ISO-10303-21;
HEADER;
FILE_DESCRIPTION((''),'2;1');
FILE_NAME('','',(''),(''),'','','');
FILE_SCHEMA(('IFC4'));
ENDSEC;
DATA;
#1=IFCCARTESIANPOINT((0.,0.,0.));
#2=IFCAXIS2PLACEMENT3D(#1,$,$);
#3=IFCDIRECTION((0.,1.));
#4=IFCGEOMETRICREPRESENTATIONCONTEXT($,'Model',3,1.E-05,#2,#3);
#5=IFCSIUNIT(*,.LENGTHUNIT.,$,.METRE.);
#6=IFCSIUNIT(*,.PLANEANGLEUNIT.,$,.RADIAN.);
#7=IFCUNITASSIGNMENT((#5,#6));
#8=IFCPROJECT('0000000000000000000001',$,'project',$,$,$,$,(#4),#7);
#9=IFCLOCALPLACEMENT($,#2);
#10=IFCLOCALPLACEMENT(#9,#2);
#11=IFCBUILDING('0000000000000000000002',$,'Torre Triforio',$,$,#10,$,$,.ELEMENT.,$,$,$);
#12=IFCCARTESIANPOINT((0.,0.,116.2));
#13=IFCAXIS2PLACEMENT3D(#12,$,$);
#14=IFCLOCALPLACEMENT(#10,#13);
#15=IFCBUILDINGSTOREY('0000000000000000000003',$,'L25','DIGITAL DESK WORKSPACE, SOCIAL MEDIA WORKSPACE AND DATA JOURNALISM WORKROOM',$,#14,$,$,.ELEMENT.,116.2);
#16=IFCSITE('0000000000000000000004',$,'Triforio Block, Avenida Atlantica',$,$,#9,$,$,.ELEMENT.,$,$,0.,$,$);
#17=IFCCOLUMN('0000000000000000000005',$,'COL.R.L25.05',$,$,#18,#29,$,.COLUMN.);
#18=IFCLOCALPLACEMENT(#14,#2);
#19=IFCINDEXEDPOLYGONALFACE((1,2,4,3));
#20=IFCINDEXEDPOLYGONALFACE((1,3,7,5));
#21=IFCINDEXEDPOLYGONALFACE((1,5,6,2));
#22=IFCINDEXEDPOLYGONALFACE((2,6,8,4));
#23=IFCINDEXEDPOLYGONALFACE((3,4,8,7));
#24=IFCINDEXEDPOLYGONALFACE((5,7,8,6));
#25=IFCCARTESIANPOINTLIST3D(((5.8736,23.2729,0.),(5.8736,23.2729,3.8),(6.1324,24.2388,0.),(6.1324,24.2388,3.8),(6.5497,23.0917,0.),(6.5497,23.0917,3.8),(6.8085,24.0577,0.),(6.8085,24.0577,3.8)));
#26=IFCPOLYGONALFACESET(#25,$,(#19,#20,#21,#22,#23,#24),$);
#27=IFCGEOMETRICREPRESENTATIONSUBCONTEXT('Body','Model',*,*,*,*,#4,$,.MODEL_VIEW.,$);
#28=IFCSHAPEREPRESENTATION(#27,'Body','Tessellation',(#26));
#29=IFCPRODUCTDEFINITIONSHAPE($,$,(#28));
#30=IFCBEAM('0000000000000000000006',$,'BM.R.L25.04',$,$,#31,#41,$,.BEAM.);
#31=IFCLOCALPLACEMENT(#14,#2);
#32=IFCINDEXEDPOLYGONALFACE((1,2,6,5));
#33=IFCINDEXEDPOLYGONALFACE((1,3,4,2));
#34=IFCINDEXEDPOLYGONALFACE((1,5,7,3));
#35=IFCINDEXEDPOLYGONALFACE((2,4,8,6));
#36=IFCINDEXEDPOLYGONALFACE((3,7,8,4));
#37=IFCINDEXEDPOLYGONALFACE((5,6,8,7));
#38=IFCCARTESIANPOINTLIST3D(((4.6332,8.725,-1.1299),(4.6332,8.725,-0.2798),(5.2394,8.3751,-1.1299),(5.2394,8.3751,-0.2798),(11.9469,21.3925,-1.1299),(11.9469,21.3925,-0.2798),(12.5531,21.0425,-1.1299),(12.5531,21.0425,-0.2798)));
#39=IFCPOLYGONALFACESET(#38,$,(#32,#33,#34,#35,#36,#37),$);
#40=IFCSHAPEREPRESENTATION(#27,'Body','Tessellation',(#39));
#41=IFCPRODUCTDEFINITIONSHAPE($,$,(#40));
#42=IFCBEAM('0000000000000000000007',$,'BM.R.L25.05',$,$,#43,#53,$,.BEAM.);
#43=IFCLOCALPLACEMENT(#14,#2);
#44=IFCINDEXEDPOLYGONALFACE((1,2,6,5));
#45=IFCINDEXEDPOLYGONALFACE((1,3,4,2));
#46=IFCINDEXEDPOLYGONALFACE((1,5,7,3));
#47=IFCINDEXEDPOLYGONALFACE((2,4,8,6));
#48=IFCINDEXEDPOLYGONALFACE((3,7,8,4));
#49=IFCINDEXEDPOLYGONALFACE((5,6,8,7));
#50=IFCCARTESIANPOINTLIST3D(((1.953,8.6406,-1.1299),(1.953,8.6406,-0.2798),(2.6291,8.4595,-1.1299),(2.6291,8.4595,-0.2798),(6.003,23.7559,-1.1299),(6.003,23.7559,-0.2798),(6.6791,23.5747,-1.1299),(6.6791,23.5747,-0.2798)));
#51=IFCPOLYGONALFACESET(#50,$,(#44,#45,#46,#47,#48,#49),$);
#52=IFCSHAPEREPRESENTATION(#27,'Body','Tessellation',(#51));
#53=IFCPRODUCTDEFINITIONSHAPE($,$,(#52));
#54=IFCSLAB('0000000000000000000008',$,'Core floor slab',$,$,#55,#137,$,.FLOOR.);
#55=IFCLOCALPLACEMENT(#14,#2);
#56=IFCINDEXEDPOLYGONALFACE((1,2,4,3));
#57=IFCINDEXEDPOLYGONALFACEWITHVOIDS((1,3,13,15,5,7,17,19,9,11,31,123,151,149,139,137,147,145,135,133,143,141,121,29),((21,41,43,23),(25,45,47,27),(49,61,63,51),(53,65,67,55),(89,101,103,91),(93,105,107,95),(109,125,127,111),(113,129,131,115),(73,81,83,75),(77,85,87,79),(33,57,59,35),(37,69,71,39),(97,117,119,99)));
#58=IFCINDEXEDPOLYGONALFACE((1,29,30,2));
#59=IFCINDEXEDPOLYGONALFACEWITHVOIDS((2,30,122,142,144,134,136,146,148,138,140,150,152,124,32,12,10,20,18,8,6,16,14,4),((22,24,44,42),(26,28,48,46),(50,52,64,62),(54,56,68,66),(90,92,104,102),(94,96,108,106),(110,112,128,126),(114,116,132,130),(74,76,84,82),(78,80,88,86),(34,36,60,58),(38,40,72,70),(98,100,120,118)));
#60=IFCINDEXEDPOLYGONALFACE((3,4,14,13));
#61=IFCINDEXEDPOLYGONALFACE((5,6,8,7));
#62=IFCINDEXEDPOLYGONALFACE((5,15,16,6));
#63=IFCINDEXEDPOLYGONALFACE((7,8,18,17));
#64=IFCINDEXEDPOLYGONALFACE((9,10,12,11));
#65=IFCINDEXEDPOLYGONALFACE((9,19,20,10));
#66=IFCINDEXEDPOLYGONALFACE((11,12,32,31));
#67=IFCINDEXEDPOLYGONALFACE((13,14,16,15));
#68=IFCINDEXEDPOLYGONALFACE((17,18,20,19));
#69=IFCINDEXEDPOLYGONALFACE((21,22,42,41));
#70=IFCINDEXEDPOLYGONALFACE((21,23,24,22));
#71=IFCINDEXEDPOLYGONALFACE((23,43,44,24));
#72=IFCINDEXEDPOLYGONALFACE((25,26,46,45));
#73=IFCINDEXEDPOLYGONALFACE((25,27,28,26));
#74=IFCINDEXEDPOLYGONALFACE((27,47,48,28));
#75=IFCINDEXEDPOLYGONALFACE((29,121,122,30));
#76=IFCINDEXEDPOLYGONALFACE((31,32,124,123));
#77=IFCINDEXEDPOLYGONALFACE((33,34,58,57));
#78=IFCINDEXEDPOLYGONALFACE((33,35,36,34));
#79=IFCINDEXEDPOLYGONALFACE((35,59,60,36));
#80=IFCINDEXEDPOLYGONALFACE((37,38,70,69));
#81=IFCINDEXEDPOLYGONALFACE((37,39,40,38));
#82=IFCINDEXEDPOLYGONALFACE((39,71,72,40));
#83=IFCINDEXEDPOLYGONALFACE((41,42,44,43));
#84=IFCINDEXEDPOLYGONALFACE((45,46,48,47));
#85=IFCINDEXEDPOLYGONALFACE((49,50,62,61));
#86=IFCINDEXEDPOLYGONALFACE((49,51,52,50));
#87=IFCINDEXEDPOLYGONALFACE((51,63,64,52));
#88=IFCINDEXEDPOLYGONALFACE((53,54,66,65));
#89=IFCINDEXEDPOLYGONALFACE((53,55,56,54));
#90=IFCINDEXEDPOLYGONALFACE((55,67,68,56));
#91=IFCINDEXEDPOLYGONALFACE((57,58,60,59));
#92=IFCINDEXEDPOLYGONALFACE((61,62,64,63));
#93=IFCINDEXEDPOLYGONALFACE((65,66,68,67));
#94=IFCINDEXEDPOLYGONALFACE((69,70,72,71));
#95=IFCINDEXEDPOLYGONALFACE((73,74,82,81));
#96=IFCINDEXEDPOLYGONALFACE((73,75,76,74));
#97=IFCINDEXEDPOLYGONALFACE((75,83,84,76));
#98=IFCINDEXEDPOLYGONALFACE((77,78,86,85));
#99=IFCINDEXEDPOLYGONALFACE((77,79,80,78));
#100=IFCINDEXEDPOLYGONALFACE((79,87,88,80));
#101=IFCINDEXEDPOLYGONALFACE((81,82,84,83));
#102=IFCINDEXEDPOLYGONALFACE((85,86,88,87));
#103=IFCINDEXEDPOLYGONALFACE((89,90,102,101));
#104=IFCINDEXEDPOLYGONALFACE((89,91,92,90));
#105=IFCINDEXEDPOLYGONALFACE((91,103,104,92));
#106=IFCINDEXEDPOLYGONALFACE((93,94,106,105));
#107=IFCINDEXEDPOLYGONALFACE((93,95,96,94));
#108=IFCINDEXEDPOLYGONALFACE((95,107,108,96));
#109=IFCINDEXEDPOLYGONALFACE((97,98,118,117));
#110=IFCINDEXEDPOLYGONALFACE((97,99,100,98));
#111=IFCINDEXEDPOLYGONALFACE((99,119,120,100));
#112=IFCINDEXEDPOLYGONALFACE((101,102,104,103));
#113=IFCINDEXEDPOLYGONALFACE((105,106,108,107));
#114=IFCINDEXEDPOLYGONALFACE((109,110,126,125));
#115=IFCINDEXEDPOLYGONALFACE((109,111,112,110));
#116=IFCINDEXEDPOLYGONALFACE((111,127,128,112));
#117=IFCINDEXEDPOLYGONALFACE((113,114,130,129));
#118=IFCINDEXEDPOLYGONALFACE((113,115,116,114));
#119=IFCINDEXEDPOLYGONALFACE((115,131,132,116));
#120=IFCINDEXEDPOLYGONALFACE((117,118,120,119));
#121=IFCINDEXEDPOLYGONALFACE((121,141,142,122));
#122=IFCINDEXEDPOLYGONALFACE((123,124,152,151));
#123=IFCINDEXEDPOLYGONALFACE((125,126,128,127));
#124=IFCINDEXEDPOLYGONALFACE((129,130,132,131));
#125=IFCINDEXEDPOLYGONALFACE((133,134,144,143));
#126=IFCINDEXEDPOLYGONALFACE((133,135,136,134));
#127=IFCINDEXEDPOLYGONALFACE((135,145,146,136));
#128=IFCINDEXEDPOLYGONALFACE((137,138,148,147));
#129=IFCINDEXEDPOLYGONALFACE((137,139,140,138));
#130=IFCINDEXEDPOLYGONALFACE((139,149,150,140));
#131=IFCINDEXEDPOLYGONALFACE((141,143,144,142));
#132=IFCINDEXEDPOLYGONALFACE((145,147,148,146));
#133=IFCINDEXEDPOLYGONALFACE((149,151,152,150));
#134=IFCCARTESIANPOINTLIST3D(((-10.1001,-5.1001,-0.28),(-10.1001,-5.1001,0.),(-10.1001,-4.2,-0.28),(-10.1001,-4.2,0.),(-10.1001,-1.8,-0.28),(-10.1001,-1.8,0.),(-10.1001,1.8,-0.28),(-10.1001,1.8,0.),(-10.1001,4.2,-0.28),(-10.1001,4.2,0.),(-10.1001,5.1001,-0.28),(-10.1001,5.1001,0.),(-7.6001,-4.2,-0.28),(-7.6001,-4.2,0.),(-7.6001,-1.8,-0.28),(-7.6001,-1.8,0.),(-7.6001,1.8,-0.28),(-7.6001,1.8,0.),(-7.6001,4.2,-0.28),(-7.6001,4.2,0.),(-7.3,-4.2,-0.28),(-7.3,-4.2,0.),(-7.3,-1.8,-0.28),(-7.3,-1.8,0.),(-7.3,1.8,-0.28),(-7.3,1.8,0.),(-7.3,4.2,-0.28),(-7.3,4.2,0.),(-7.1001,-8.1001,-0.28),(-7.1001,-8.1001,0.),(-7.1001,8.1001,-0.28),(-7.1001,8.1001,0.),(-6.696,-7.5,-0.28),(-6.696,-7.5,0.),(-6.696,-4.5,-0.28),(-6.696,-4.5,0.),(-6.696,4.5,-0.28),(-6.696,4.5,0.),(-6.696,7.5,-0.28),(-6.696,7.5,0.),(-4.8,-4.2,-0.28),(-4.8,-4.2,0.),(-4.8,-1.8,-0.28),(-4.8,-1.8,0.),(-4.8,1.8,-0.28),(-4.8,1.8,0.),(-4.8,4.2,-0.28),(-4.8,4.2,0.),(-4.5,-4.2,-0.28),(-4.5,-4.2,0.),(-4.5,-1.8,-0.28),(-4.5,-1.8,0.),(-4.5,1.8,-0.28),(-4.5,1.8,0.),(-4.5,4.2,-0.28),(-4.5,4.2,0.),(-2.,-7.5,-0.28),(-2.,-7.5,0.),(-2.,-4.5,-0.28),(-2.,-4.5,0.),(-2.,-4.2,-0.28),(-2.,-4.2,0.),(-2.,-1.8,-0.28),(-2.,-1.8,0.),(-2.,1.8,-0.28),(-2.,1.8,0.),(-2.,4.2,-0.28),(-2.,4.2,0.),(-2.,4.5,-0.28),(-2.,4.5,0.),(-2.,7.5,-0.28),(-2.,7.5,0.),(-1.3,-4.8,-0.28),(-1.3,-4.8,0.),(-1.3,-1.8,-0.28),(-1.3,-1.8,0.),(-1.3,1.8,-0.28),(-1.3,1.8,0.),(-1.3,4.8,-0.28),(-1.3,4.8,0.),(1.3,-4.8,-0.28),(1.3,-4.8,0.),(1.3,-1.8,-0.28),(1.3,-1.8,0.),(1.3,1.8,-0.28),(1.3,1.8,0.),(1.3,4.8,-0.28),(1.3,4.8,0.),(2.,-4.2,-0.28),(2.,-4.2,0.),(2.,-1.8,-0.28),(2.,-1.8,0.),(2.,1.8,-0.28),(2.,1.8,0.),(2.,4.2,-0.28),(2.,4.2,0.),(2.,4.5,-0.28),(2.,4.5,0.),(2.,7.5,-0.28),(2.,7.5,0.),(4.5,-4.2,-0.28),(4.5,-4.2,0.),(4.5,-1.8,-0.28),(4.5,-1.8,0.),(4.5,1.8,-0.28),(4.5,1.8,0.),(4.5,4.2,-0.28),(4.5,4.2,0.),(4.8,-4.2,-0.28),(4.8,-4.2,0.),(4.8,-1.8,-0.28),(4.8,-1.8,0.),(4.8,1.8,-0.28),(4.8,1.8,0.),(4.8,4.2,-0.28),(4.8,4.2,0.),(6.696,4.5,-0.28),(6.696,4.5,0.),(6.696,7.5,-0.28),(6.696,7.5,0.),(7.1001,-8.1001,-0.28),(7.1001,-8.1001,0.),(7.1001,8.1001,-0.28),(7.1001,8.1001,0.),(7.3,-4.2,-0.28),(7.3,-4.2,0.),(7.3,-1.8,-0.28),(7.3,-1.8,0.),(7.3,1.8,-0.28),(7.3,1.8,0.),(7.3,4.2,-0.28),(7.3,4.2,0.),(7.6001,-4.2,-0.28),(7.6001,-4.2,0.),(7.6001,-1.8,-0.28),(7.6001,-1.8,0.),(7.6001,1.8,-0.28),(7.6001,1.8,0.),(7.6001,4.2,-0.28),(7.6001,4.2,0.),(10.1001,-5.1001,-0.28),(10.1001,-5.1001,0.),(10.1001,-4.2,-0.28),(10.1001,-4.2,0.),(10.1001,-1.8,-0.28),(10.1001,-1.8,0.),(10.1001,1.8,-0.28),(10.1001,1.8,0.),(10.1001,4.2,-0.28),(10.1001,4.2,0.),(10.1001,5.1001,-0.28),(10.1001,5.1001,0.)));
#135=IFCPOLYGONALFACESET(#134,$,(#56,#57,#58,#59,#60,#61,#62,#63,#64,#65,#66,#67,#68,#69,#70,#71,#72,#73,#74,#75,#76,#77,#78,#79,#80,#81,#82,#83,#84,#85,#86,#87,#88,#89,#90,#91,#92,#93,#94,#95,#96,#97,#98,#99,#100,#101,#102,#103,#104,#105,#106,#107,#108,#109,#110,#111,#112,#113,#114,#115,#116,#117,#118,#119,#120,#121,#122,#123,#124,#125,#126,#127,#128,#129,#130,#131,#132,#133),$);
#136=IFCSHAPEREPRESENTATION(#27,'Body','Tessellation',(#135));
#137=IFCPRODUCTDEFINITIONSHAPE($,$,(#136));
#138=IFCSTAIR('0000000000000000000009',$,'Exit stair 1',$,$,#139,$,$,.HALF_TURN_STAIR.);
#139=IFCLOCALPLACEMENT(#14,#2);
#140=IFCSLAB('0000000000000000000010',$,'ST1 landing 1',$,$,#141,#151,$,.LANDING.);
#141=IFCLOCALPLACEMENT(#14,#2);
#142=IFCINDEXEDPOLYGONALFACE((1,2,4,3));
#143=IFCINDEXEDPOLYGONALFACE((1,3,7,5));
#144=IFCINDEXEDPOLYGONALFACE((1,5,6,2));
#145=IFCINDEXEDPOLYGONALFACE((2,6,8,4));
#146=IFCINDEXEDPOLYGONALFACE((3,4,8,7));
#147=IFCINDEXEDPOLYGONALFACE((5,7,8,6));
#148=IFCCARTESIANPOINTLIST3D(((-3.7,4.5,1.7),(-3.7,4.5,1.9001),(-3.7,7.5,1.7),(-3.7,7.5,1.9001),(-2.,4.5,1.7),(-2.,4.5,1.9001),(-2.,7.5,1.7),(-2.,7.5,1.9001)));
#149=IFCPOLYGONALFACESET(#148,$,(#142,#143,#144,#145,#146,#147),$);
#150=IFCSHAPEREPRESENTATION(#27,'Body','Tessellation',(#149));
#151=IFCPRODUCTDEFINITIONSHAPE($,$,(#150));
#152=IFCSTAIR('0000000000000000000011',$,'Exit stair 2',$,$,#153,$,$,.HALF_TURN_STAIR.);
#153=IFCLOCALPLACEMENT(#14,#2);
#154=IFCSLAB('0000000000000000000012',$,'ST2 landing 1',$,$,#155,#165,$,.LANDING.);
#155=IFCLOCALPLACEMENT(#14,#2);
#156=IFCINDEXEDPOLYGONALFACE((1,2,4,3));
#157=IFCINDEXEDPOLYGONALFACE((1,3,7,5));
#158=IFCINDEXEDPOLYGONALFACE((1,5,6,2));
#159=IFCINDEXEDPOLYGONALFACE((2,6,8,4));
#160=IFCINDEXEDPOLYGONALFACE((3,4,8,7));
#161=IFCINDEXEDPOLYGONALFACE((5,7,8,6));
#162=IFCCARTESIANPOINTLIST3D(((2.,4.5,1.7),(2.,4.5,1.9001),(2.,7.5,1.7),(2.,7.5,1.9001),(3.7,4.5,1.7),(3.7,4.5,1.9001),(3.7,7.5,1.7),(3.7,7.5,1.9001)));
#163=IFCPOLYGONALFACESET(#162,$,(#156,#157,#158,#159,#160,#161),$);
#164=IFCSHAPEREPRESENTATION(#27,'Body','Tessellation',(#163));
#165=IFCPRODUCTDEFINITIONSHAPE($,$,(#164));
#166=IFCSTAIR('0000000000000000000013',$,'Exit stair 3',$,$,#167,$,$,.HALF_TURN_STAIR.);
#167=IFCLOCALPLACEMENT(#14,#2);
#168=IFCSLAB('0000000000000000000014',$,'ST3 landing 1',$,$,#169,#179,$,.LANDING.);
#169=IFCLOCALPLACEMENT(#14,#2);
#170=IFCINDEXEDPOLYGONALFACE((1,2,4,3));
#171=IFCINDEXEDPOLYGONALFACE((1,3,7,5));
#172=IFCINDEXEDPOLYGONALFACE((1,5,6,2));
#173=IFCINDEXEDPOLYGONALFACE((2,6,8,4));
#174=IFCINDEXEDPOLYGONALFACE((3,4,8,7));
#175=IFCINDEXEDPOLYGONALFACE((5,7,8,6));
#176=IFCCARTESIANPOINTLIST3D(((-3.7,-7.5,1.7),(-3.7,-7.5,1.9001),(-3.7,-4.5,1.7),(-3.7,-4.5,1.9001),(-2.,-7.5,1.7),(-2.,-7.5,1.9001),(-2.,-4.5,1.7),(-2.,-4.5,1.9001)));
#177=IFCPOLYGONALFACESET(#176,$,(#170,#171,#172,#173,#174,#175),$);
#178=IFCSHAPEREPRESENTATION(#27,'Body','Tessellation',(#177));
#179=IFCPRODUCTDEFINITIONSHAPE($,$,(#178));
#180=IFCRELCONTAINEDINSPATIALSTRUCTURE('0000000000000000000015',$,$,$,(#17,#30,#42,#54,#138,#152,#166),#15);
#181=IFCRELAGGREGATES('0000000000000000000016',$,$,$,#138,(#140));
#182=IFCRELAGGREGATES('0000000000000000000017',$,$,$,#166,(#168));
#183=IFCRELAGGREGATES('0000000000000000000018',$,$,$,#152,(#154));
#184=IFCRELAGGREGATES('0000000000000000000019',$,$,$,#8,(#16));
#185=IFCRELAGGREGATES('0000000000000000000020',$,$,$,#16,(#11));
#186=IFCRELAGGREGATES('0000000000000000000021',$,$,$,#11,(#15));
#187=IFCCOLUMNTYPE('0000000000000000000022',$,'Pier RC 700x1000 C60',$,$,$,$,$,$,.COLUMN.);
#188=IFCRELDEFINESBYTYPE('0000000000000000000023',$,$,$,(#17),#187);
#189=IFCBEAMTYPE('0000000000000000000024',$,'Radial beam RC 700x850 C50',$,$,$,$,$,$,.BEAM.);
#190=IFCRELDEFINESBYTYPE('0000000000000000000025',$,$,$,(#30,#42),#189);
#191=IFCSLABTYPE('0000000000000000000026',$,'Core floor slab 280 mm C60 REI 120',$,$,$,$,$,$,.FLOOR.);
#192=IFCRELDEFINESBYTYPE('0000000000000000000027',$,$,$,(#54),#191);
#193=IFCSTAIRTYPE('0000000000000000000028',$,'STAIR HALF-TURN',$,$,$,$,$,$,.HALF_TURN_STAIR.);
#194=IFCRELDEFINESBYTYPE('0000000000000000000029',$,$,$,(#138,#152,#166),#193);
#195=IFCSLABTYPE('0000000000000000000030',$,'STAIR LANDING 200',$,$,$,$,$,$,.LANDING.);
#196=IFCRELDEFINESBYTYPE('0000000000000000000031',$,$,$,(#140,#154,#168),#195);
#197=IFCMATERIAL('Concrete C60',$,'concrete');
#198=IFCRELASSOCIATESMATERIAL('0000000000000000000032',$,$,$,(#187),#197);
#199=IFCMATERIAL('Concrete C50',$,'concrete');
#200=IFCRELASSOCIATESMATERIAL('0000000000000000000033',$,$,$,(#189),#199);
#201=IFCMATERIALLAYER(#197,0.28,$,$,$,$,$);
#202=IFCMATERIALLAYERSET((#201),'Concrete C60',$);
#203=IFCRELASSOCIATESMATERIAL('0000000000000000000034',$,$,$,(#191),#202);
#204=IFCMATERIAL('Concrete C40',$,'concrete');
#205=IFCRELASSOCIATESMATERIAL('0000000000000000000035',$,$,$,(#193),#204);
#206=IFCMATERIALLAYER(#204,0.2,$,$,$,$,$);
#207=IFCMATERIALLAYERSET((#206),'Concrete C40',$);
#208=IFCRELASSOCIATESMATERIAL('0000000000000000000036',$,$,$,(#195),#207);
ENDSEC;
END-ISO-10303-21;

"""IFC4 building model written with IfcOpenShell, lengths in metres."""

from ifc_helpers import new_model, si_unit, direction, frame, origin, origin_2d, place, context, subcontext, project, spatial, polyline, rectangle, outline, extrude, material, layer, layer_set, material_profile, profile_set, type_object, element, aggregate, save


model = new_model("IFC4")

# Units and contexts
model_context = context("Model", 3, precision=1e-05, world=origin(), true_north=direction((0.0, 1.0)))
body_context = subcontext(model_context, "Body", "Model", "MODEL_VIEW")
ifc_project = project(units=[si_unit("LENGTHUNIT", "METRE"), si_unit("PLANEANGLEUNIT", "RADIAN")], contexts=[model_context])

# Site, building, storey
site_placement = place(None, origin())
site = spatial("IfcSite", under=ifc_project, at=site_placement, Name="Triforio Block, Avenida Atlantica", CompositionType="ELEMENT", RefElevation=0.0)
building_placement = place(site_placement, origin())
building = spatial("IfcBuilding", under=site, at=building_placement, Name="Torre Triforio", CompositionType="ELEMENT")
storey_placement = place(building_placement, frame((0.0, 0.0, 116.2)))
storey = spatial("IfcBuildingStorey", under=building, at=storey_placement, Name="L25", Description="DIGITAL DESK WORKSPACE, SOCIAL MEDIA WORKSPACE AND DATA JOURNALISM WORKROOM", CompositionType="ELEMENT", Elevation=116.2)

# Column
ifc_material_1 = material(Name="Concrete C60", Category="concrete")
ifc_material_profile_1 = material_profile(ifc_material_1, rectangle(XDim=0.7, YDim=1.0, at=origin_2d()), Name="RC 700x1000")
ifc_profile_set_1 = profile_set([ifc_material_profile_1], Name="Concrete C60")
column_type = type_object("IfcColumnType", Name="Pier RC 700x1000 C60", PredefinedType="COLUMN", material=ifc_profile_set_1)
column_placement = place(storey_placement, frame((6.3411, 23.6653, 0.0), z_axis=(0.0, 0.0, 1.0), x_axis=(-0.965926, 0.258819, 0.0)))
element("IfcColumn", 1, at=column_placement, inside=storey, type_object=column_type, Name="COL.R.L25.05", PredefinedType="COLUMN", context=body_context, shape_type="SweptSolid", body=[
    extrude(rectangle(XDim=0.7, YDim=1.0, at=origin_2d()), origin(), (0.0, 0.0, 1.0), 3.8),
])

# Beams
ifc_material_2 = material(Name="Concrete C50", Category="concrete")
ifc_material_profile_2 = material_profile(ifc_material_2, rectangle(XDim=0.7, YDim=0.8501, at=origin_2d()), Name="RC 700x850")
ifc_profile_set_2 = profile_set([ifc_material_profile_2], Name="Concrete C50")
beam_type = type_object("IfcBeamType", Name="Radial beam RC 700x850 C50", PredefinedType="BEAM", material=ifc_profile_set_2)
beam_1_placement = place(storey_placement, frame((4.9363, 8.55, -0.7048), z_axis=(0.500008, 0.866021, 0.0), x_axis=(-0.866021, 0.500008, 0.0)))
element("IfcBeam", 2, at=beam_1_placement, inside=storey, type_object=beam_type, Name="BM.R.L25.04", PredefinedType="BEAM", context=body_context, shape_type="SweptSolid", body=[
    extrude(rectangle(XDim=0.7, YDim=0.8501, at=origin_2d()), origin(), (0.0, 0.0, 1.0), 14.6272),
])
beam_2_placement = place(storey_placement, frame((2.291, 8.55, -0.7048), z_axis=(0.258815, 0.965927, 0.0), x_axis=(-0.965927, 0.258815, 0.0)))
element("IfcBeam", 3, at=beam_2_placement, inside=storey, type_object=beam_type, Name="BM.R.L25.05", PredefinedType="BEAM", context=body_context, shape_type="SweptSolid", body=[
    extrude(rectangle(XDim=0.7, YDim=0.8501, at=origin_2d()), origin(), (0.0, 0.0, 1.0), 15.6484),
])

# Slab
ifc_layer_1 = layer(ifc_material_1, 0.28)
ifc_layer_set_1 = layer_set([ifc_layer_1], Name="Concrete C60")
slab_type_1 = type_object("IfcSlabType", Name="Core floor slab 280 mm C60 REI 120", PredefinedType="FLOOR", material=ifc_layer_set_1)
slab_1_placement = place(storey_placement, frame((0.0, 0.0, -0.28)))
element("IfcSlab", 4, at=slab_1_placement, inside=storey, type_object=slab_type_1, Name="Core floor slab", PredefinedType="FLOOR", context=body_context, shape_type="SweptSolid", body=[
    extrude(outline(polyline([(10.1001, -5.1001), (7.1001, -8.1001), (-7.1001, -8.1001), (-10.1001, -5.1001), (-10.1001, -4.2), (-7.6001, -4.2), (-7.6001, -1.8), (-10.1001, -1.8), (-10.1001, 1.8), (-7.6001, 1.8), (-7.6001, 4.2), (-10.1001, 4.2), (-10.1001, 5.1001), (-7.1001, 8.1001), (7.1001, 8.1001), (10.1001, 5.1001), (10.1001, 4.2), (7.6001, 4.2), (7.6001, 1.8), (10.1001, 1.8), (10.1001, -1.8), (7.6001, -1.8), (7.6001, -4.2), (10.1001, -4.2), (10.1001, -5.1001)]), holes=[polyline([(-2.0, -4.5), (-6.696, -4.5), (-6.696, -7.5), (-2.0, -7.5), (-2.0, -4.5)]), polyline([(-4.8, -1.8), (-7.3, -1.8), (-7.3, -4.2), (-4.8, -4.2), (-4.8, -1.8)]), polyline([(-2.0, -1.8), (-4.5, -1.8), (-4.5, -4.2), (-2.0, -4.2), (-2.0, -1.8)]), polyline([(-4.8, 4.2), (-7.3, 4.2), (-7.3, 1.8), (-4.8, 1.8), (-4.8, 4.2)]), polyline([(-2.0, 4.2), (-4.5, 4.2), (-4.5, 1.8), (-2.0, 1.8), (-2.0, 4.2)]), polyline([(1.3, 4.8), (-1.3, 4.8), (-1.3, 1.8), (1.3, 1.8), (1.3, 4.8)]), polyline([(-2.0, 7.5), (-6.696, 7.5), (-6.696, 4.5), (-2.0, 4.5), (-2.0, 7.5)]), polyline([(1.3, -1.8), (-1.3, -1.8), (-1.3, -4.8), (1.3, -4.8), (1.3, -1.8)]), polyline([(4.5, -1.8), (2.0, -1.8), (2.0, -4.2), (4.5, -4.2), (4.5, -1.8)]), polyline([(7.3, -1.8), (4.8, -1.8), (4.8, -4.2), (7.3, -4.2), (7.3, -1.8)]), polyline([(4.5, 4.2), (2.0, 4.2), (2.0, 1.8), (4.5, 1.8), (4.5, 4.2)]), polyline([(7.3, 4.2), (4.8, 4.2), (4.8, 1.8), (7.3, 1.8), (7.3, 4.2)]), polyline([(6.696, 4.5), (6.696, 7.5), (2.0, 7.5), (2.0, 4.5), (6.696, 4.5)])]), origin(), (0.0, 0.0, 1.0), 0.28),
])

# Stairs, slabs
ifc_material_3 = material(Name="Concrete C40", Category="concrete")
stair_type = type_object("IfcStairType", Name="STAIR HALF-TURN", PredefinedType="HALF_TURN_STAIR", material=ifc_material_3)
stair_1_placement = place(storey_placement, origin())
stair_1 = element("IfcStair", 5, at=stair_1_placement, inside=storey, type_object=stair_type, Name="Exit stair 1", PredefinedType="HALF_TURN_STAIR")
ifc_layer_2 = layer(ifc_material_3, 0.2)
ifc_layer_set_2 = layer_set([ifc_layer_2], Name="Concrete C40")
slab_type_2 = type_object("IfcSlabType", Name="STAIR LANDING 200", PredefinedType="LANDING", material=ifc_layer_set_2)
slab_2_placement = place(storey_placement, frame((0.0, 0.0, 1.7)))
slab_2 = element("IfcSlab", 6, at=slab_2_placement, type_object=slab_type_2, Name="ST1 landing 1", PredefinedType="LANDING", context=body_context, shape_type="SweptSolid", body=[
    extrude(outline(polyline([(-2.0, 4.5), (-2.0, 7.5), (-3.7, 7.5), (-3.7, 4.5), (-2.0, 4.5)])), origin(), (0.0, 0.0, 1.0), 0.2002),
])
aggregate(stair_1, [slab_2])
stair_2_placement = place(storey_placement, origin())
stair_2 = element("IfcStair", 7, at=stair_2_placement, inside=storey, type_object=stair_type, Name="Exit stair 2", PredefinedType="HALF_TURN_STAIR")
slab_3_placement = place(storey_placement, frame((0.0, 0.0, 1.7)))
slab_3 = element("IfcSlab", 8, at=slab_3_placement, type_object=slab_type_2, Name="ST2 landing 1", PredefinedType="LANDING", context=body_context, shape_type="SweptSolid", body=[
    extrude(outline(polyline([(3.7, 4.5), (3.7, 7.5), (2.0, 7.5), (2.0, 4.5), (3.7, 4.5)])), origin(), (0.0, 0.0, 1.0), 0.2002),
])
stair_3_placement = place(storey_placement, origin())
stair_3 = element("IfcStair", 9, at=stair_3_placement, inside=storey, type_object=stair_type, Name="Exit stair 3", PredefinedType="HALF_TURN_STAIR")
slab_4_placement = place(storey_placement, frame((0.0, 0.0, 1.7)))
slab_4 = element("IfcSlab", 10, at=slab_4_placement, type_object=slab_type_2, Name="ST3 landing 1", PredefinedType="LANDING", context=body_context, shape_type="SweptSolid", body=[
    extrude(outline(polyline([(-2.0, -7.5), (-2.0, -4.5), (-3.7, -4.5), (-3.7, -7.5), (-2.0, -7.5)])), origin(), (0.0, 0.0, 1.0), 0.2002),
])
aggregate(stair_3, [slab_4])

aggregate(stair_2, [slab_3])

save(model, "model.ifc")
